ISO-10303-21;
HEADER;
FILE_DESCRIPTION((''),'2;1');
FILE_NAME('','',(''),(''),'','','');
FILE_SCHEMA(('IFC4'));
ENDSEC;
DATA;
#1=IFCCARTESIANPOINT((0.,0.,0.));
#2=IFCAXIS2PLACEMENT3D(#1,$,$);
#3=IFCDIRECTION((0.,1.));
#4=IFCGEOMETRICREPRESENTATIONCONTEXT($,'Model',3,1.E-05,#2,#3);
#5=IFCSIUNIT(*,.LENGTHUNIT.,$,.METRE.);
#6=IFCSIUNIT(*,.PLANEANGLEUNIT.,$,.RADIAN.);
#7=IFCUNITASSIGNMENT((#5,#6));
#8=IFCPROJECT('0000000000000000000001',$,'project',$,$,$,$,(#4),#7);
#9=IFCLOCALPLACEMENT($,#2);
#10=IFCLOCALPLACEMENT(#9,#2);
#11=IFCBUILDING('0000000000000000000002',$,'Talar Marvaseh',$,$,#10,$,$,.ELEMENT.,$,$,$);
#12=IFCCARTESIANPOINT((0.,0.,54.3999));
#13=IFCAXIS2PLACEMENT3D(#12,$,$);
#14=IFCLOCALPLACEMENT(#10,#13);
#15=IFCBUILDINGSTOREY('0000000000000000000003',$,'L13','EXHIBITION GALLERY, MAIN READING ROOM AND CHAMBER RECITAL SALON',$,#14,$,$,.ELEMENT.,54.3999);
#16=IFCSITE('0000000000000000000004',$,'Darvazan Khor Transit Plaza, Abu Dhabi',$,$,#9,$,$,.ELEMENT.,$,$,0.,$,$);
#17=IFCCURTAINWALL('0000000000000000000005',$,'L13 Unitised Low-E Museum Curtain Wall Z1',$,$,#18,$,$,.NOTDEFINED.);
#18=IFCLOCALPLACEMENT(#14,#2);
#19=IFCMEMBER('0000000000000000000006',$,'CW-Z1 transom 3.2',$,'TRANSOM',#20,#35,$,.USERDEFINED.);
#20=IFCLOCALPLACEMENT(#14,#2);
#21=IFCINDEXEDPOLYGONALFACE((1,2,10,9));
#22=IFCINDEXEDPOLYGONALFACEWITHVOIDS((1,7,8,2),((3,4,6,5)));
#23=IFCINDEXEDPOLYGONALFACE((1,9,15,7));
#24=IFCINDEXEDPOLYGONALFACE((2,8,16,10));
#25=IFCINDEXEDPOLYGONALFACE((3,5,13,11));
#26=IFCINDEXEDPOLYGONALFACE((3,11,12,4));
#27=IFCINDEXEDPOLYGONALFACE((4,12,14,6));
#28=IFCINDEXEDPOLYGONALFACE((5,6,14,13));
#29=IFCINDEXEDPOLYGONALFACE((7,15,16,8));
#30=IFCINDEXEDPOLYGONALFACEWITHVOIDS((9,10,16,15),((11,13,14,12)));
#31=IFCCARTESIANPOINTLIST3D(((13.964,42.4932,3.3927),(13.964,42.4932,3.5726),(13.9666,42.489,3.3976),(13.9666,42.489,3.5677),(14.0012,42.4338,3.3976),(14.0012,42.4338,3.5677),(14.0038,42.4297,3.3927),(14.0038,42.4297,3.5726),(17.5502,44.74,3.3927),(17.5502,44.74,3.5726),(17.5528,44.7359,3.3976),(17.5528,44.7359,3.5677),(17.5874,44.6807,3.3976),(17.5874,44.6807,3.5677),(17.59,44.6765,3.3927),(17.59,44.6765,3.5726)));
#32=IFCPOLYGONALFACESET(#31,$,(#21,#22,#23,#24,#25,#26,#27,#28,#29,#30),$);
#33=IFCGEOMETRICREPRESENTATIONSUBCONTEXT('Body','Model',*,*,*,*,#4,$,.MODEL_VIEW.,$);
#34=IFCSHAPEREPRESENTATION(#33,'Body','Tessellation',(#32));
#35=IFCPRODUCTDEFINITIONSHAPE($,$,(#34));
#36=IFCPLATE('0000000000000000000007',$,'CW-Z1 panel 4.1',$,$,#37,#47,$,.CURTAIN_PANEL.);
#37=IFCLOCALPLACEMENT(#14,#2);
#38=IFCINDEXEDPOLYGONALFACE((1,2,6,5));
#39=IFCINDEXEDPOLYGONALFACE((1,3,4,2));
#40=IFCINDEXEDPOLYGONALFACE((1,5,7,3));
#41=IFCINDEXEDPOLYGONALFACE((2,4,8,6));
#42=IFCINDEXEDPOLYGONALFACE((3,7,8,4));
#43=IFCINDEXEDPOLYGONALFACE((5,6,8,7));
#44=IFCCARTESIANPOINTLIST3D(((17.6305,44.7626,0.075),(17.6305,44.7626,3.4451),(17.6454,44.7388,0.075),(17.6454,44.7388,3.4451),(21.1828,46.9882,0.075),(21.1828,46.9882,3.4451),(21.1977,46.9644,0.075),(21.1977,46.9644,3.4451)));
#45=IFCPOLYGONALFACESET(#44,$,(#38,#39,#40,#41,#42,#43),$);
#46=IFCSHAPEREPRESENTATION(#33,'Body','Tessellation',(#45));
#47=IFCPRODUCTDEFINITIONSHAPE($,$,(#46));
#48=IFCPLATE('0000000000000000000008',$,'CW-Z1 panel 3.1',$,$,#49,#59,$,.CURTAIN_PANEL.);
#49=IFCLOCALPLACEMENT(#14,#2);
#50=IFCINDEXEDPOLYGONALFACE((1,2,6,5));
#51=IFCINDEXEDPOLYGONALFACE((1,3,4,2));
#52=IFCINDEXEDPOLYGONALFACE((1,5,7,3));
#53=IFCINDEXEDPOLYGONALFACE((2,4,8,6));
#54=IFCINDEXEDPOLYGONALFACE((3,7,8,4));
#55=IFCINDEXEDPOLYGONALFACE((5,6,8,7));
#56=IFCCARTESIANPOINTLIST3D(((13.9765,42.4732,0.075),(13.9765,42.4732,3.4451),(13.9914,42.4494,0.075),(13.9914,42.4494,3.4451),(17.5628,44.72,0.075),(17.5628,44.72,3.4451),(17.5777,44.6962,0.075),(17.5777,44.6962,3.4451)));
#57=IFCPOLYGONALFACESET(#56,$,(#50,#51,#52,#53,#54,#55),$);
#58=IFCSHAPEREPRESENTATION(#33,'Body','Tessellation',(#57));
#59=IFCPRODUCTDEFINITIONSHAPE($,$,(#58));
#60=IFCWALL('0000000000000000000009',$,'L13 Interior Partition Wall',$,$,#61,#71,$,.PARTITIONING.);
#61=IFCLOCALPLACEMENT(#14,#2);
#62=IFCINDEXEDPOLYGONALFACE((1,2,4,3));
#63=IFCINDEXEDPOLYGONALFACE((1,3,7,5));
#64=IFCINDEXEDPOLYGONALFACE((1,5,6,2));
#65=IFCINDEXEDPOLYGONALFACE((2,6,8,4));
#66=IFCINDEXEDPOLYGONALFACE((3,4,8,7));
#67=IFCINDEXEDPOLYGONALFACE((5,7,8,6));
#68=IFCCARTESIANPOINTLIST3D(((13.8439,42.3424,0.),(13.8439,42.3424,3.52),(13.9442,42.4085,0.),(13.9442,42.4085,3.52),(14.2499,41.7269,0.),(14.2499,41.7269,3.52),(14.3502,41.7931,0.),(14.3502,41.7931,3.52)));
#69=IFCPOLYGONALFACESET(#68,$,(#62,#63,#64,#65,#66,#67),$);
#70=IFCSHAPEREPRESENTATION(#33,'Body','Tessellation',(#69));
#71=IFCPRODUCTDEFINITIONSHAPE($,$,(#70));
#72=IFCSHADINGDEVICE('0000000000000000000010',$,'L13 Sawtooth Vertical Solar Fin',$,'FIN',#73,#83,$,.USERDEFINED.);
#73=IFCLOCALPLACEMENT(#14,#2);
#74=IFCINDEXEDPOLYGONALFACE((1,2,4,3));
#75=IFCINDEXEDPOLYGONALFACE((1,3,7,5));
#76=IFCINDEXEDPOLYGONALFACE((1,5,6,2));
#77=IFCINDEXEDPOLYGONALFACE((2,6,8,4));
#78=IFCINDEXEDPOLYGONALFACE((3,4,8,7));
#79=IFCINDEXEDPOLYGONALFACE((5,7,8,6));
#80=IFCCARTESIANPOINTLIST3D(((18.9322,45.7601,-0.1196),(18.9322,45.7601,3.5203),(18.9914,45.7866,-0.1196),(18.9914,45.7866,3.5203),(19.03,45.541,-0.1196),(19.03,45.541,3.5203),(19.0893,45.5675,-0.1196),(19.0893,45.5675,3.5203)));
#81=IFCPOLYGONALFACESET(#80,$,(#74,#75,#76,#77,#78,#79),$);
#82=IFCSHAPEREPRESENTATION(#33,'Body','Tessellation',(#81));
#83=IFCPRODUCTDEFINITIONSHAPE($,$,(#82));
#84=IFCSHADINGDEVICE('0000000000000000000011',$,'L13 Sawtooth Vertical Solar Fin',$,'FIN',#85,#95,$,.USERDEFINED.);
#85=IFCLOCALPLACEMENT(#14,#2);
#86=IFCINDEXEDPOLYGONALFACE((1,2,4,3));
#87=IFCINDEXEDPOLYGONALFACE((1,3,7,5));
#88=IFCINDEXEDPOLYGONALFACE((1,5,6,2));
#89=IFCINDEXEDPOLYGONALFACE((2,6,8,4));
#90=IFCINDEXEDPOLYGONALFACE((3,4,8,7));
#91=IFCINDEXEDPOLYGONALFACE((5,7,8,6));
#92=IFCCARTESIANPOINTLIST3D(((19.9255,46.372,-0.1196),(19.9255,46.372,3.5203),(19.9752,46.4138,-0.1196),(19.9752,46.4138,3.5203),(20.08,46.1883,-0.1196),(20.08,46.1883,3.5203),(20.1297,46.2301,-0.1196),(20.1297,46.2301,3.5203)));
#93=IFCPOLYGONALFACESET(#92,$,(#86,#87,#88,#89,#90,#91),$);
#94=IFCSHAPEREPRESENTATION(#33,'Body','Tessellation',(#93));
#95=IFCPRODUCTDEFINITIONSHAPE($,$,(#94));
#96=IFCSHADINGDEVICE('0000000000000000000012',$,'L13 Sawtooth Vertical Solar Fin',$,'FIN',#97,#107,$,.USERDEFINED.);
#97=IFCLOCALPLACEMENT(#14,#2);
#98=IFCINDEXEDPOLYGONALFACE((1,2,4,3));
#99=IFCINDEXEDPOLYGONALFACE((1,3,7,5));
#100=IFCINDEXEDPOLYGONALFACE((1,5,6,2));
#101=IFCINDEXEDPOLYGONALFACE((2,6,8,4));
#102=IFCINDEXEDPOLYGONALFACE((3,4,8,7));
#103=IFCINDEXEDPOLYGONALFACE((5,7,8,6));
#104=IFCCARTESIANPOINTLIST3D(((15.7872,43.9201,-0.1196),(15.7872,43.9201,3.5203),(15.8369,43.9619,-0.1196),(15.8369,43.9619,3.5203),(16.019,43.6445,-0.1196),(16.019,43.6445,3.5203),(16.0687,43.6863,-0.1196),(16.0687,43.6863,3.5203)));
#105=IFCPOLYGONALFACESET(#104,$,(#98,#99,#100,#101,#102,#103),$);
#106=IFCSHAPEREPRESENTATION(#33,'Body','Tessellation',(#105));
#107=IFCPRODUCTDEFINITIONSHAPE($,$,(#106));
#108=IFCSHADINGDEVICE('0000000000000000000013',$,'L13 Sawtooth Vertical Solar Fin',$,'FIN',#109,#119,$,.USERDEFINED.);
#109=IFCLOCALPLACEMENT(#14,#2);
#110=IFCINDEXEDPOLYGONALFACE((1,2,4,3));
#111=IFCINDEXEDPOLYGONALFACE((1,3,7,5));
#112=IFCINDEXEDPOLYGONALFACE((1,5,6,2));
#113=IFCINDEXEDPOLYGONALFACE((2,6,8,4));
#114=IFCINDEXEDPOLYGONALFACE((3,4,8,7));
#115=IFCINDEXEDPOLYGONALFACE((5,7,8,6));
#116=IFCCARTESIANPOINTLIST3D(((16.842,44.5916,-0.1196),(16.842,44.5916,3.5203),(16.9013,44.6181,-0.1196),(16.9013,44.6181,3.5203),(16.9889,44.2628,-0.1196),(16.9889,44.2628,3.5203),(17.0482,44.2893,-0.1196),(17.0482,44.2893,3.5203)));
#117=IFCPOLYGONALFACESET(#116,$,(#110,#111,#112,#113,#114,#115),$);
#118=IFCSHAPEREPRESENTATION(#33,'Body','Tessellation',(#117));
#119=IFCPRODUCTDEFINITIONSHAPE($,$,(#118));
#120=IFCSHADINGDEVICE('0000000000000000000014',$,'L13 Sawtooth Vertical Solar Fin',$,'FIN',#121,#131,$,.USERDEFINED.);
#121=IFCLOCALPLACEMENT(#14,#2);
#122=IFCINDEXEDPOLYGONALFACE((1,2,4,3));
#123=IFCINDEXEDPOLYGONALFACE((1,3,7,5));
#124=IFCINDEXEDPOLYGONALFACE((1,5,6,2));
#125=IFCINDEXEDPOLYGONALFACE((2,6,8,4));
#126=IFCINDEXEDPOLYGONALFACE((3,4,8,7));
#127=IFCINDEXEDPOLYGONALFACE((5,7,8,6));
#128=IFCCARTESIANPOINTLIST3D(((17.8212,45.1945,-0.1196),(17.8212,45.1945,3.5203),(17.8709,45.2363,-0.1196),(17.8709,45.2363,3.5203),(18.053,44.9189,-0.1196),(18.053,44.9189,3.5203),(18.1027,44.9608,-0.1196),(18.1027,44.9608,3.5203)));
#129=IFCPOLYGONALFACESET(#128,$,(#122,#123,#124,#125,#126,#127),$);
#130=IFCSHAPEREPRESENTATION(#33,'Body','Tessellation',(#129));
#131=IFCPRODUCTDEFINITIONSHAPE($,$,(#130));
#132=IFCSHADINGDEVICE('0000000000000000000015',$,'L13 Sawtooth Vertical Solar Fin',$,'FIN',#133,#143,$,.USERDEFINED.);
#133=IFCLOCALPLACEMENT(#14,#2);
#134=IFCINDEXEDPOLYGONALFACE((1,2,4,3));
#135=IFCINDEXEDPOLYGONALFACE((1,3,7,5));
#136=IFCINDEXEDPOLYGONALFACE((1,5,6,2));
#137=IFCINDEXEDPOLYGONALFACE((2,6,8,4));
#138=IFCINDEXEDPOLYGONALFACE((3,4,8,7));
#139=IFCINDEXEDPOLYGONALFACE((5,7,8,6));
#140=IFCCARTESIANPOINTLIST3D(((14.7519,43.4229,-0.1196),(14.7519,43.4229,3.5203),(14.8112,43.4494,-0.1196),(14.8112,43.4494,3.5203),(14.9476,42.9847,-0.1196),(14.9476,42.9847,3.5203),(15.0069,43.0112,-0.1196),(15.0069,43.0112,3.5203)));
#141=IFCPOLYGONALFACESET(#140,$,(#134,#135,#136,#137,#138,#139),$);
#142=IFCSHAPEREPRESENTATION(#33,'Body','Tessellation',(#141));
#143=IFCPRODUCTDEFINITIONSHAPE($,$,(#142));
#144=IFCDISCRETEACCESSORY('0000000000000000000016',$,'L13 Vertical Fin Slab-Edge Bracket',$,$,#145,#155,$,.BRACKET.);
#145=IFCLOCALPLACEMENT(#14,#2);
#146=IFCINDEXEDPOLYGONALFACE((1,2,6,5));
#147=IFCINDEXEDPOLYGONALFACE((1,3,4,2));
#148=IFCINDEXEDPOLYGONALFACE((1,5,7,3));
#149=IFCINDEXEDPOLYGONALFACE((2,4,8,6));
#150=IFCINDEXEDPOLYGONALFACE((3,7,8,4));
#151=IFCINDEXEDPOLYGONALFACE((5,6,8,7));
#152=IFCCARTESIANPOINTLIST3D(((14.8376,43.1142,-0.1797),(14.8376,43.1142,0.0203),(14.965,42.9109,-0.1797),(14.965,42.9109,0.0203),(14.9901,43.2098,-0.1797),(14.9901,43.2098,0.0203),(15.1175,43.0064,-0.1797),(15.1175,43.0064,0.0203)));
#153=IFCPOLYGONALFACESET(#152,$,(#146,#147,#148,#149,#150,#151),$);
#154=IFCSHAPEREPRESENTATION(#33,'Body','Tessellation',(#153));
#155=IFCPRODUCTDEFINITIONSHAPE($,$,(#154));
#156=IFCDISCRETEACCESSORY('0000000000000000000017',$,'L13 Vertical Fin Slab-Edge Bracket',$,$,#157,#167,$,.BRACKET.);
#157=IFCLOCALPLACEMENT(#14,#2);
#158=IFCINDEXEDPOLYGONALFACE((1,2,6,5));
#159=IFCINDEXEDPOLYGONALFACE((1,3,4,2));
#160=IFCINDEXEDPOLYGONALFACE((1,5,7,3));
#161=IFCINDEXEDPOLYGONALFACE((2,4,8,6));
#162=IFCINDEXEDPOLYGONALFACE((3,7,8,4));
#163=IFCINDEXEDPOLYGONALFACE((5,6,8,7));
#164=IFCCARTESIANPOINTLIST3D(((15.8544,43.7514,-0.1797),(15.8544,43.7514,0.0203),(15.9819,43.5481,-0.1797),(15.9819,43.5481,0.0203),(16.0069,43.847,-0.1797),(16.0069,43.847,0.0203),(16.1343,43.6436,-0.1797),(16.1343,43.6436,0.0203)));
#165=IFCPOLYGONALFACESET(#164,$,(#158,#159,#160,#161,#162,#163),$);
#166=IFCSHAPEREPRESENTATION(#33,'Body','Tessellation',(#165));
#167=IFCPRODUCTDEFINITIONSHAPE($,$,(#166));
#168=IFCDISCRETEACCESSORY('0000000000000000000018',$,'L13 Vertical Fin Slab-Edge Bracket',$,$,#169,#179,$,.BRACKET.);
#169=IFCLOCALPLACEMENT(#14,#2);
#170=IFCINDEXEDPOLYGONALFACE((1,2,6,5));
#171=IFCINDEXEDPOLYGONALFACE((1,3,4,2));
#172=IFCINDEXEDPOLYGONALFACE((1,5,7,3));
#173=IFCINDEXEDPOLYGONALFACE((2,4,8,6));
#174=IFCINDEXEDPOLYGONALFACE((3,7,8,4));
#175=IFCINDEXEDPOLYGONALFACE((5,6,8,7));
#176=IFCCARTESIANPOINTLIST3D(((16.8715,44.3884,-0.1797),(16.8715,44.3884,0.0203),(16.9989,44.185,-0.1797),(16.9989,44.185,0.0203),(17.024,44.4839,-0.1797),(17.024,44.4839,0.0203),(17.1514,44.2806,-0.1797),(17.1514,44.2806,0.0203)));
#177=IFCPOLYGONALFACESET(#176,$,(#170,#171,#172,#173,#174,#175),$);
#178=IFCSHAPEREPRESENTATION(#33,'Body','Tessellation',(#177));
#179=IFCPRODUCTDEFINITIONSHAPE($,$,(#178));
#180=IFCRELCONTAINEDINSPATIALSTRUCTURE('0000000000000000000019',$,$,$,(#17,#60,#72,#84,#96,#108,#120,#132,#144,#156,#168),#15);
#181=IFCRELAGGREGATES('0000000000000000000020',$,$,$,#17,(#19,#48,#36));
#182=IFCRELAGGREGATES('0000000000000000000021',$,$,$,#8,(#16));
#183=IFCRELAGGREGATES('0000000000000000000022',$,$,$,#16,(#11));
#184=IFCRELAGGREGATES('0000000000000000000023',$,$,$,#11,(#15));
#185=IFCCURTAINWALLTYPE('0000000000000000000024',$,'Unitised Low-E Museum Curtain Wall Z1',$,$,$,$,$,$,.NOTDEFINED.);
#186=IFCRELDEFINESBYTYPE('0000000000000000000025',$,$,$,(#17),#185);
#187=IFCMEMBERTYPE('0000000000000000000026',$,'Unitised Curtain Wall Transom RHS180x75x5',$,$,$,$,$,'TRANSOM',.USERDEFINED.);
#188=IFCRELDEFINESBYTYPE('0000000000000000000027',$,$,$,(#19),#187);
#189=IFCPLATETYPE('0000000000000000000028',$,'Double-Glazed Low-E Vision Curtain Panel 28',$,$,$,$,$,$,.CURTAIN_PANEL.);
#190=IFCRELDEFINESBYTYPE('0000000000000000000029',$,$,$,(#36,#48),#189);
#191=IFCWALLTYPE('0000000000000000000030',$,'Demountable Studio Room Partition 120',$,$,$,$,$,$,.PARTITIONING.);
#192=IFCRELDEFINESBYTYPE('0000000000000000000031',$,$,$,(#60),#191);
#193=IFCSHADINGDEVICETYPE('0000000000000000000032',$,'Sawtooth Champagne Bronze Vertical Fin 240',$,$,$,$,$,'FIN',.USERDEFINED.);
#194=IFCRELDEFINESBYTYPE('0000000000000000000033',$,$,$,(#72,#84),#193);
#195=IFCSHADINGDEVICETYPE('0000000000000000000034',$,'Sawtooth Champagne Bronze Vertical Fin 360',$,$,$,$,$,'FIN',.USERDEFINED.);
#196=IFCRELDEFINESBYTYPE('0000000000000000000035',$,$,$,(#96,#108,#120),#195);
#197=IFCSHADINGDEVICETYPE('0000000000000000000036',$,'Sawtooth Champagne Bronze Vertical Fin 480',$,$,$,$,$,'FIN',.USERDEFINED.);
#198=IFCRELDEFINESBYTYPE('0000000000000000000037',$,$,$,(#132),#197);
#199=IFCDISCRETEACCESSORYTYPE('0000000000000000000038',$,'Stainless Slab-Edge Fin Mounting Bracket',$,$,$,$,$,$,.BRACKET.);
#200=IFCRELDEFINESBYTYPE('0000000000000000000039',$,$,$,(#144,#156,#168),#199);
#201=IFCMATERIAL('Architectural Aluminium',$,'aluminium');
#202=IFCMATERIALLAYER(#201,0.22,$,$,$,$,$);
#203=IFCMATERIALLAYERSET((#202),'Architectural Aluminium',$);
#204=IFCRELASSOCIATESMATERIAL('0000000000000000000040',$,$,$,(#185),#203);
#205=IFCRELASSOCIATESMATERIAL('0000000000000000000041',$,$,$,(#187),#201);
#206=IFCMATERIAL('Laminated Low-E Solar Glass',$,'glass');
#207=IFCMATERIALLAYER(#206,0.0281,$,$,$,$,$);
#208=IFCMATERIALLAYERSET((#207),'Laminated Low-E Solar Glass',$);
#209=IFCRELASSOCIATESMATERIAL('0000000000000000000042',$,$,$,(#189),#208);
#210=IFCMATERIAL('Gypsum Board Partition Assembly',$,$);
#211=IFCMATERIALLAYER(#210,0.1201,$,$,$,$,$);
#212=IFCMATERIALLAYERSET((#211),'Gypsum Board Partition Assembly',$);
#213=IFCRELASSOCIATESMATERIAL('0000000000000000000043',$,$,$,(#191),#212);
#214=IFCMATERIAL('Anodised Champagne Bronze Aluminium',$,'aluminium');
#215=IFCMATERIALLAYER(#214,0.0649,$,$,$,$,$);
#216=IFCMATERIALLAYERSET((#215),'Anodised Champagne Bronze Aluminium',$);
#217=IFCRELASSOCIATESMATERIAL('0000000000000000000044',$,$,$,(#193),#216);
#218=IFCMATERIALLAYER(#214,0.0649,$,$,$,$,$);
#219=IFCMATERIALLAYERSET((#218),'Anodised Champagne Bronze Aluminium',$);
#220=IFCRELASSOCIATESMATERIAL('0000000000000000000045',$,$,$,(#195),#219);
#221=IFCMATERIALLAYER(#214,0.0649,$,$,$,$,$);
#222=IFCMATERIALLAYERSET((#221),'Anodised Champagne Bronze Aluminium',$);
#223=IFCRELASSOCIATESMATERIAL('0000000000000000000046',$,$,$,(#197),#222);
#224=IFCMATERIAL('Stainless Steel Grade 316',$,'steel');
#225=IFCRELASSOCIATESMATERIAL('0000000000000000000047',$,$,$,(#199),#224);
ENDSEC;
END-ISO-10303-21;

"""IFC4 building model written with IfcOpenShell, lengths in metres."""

from ifc_helpers import new_model, si_unit, direction, frame, frame_2d, origin, origin_2d, place, context, subcontext, project, spatial, rectangle, hollow_rectangle, extrude, source, transform, mapped, material, layer, layer_set, material_profile, profile_set, type_object, type_shapes, element, aggregate, save


model = new_model("IFC4")

# Units and contexts
model_context = context("Model", 3, precision=1e-05, world=origin(), true_north=direction((0.0, 1.0)))
body_context = subcontext(model_context, "Body", "Model", "MODEL_VIEW")
ifc_project = project(units=[si_unit("LENGTHUNIT", "METRE"), si_unit("PLANEANGLEUNIT", "RADIAN")], contexts=[model_context])

# Site, building, storey
site_placement = place(None, origin())
site = spatial("IfcSite", under=ifc_project, at=site_placement, Name="Darvazan Khor Transit Plaza, Abu Dhabi", CompositionType="ELEMENT", RefElevation=0.0)
building_placement = place(site_placement, origin())
building = spatial("IfcBuilding", under=site, at=building_placement, Name="Talar Marvaseh", CompositionType="ELEMENT")
storey_placement = place(building_placement, frame((0.0, 0.0, 54.3999)))
storey = spatial("IfcBuildingStorey", under=building, at=storey_placement, Name="L13", Description="EXHIBITION GALLERY, MAIN READING ROOM AND CHAMBER RECITAL SALON", CompositionType="ELEMENT", Elevation=54.3999)

# Curtain wall, member, plates
ifc_material_1 = material(Name="Architectural Aluminium", Category="aluminium")
ifc_layer_1 = layer(ifc_material_1, 0.22)
ifc_layer_set_1 = layer_set([ifc_layer_1], Name="Architectural Aluminium")
curtain_wall_type = type_object("IfcCurtainWallType", Name="Unitised Low-E Museum Curtain Wall Z1", PredefinedType="NOTDEFINED", material=ifc_layer_set_1)
curtain_wall_placement = place(storey_placement, origin())
curtain_wall = element("IfcCurtainWall", 1, at=curtain_wall_placement, inside=storey, type_object=curtain_wall_type, Name="L13 Unitised Low-E Museum Curtain Wall Z1", PredefinedType="NOTDEFINED")
ifc_material_profile_1 = material_profile(ifc_material_1, hollow_rectangle(XDim=0.075, YDim=0.1799, WallThickness=0.0049, at=origin_2d()), Name="RHS180x75x5")
ifc_profile_set_1 = profile_set([ifc_material_profile_1], Name="Architectural Aluminium")
member_type_1 = type_object("IfcMemberType", Name="Unitised Curtain Wall Transom RHS180x75x5", ElementType="TRANSOM", PredefinedType="USERDEFINED", material=ifc_profile_set_1)
shared_shape_1 = source(origin(), body_context, "Body", "SweptSolid", [
    extrude(hollow_rectangle(XDim=0.075, YDim=0.1799, WallThickness=0.0049, at=origin_2d()), origin(), (0.0, 0.0, 1.0), 4.2319),
])
member_1_placement = place(storey_placement, frame((13.9839, 42.4614, 3.4827), z_axis=(0.847418, 0.530927, 0.0), x_axis=(-0.530927, 0.847418, 0.0)))
member_1 = element("IfcMember", 2, at=member_1_placement, type_object=member_type_1, Name="CW-Z1 transom 3.2", ObjectType="TRANSOM", PredefinedType="USERDEFINED", context=body_context, shape_type="MappedRepresentation", body=[
    mapped(shared_shape_1, transform((0.0, 0.0, 0.0), x_axis=(1.0, 0.0, 0.0), y_axis=(0.0, 1.0, 0.0), z_axis=(0.0, 0.0, 1.0), scale=1.0)),
])
ifc_material_2 = material(Name="Laminated Low-E Solar Glass", Category="glass")
ifc_layer_2 = layer(ifc_material_2, 0.0281)
ifc_layer_set_2 = layer_set([ifc_layer_2], Name="Laminated Low-E Solar Glass")
plate_type = type_object("IfcPlateType", Name="Double-Glazed Low-E Vision Curtain Panel 28", PredefinedType="CURTAIN_PANEL", material=ifc_layer_set_2)
shared_shape_2 = source(origin(), body_context, "Body", "SweptSolid", [
    extrude(rectangle(XDim=4.1919, YDim=0.0281, at=origin_2d()), origin(), (0.0, 0.0, 1.0), 3.3701),
])
plate_1_placement = place(storey_placement, frame((19.4141, 45.8635, 0.075), z_axis=(0.0, 0.0, 1.0), x_axis=(0.847418, 0.530927, 0.0)))
plate_1 = element("IfcPlate", 3, at=plate_1_placement, type_object=plate_type, Name="CW-Z1 panel 4.1", PredefinedType="CURTAIN_PANEL", context=body_context, shape_type="MappedRepresentation", body=[
    mapped(shared_shape_2, transform((0.0, 0.0, 0.0), x_axis=(1.0, 0.0, 0.0), y_axis=(0.0, 1.0, 0.0), z_axis=(0.0, 0.0, 1.0), scale=1.0)),
])
shared_shape_3 = source(origin(), body_context, "Body", "SweptSolid", [
    extrude(rectangle(XDim=4.2319, YDim=0.0281, at=origin_2d()), origin(), (0.0, 0.0, 1.0), 3.3701),
])
type_shapes(plate_type, [shared_shape_2, shared_shape_3])
plate_2_placement = place(storey_placement, frame((15.7771, 43.5847, 0.075), z_axis=(0.0, 0.0, 1.0), x_axis=(0.847418, 0.530927, 0.0)))
plate_2 = element("IfcPlate", 4, at=plate_2_placement, type_object=plate_type, Name="CW-Z1 panel 3.1", PredefinedType="CURTAIN_PANEL", context=body_context, shape_type="MappedRepresentation", body=[
    mapped(shared_shape_3, transform((0.0, 0.0, 0.0), x_axis=(1.0, 0.0, 0.0), y_axis=(0.0, 1.0, 0.0), z_axis=(0.0, 0.0, 1.0), scale=1.0)),
])
aggregate(curtain_wall, [member_1, plate_2, plate_1])

# Wall
ifc_material_3 = material(Name="Gypsum Board Partition Assembly")
ifc_layer_3 = layer(ifc_material_3, 0.1201)
ifc_layer_set_3 = layer_set([ifc_layer_3], Name="Gypsum Board Partition Assembly")
wall_type = type_object("IfcWallType", Name="Demountable Studio Room Partition 120", PredefinedType="PARTITIONING", material=ifc_layer_set_3)
wall_placement = place(storey_placement, frame((14.3, 41.76, 0.0), z_axis=(0.0, 0.0, 1.0), x_axis=(-0.550644, 0.83474, 0.0)))
element("IfcWall", 5, at=wall_placement, inside=storey, type_object=wall_type, Name="L13 Interior Partition Wall", PredefinedType="PARTITIONING", context=body_context, shape_type="SweptSolid", body=[
    extrude(rectangle(XDim=0.7373, YDim=0.1201, at=frame_2d((0.3687, 0.0))), origin(), (0.0, 0.0, 1.0), 3.52),
])

# Shading devices
ifc_material_4 = material(Name="Anodised Champagne Bronze Aluminium", Category="aluminium")
ifc_layer_4 = layer(ifc_material_4, 0.0649)
ifc_layer_set_4 = layer_set([ifc_layer_4], Name="Anodised Champagne Bronze Aluminium")
shading_device_type_1 = type_object("IfcShadingDeviceType", Name="Sawtooth Champagne Bronze Vertical Fin 240", ElementType="FIN", PredefinedType="USERDEFINED", material=ifc_layer_set_4)
shared_shape_4 = source(origin(), body_context, "Body", "SweptSolid", [
    extrude(rectangle(XDim=0.24, YDim=0.0649, at=origin_2d()), origin(), (0.0, 0.0, 1.0), 3.6399),
])
type_shapes(shading_device_type_1, [shared_shape_4])
for number, where, z_axis, x_axis, name in (
    (6, (19.0107, 45.6638, -0.1196), (0.0, 0.0, 1.0), (-0.407852, 0.913048, 0.0), "L13 Sawtooth Vertical Solar Fin"),
    (7, (20.0276, 46.301, -0.1196), (0.0, 0.0, 1.0), (-0.643723, 0.765259, 0.0), "L13 Sawtooth Vertical Solar Fin"),
):
    element("IfcShadingDevice", number, at=place(storey_placement, frame(where, z_axis=z_axis, x_axis=x_axis)), inside=storey, type_object=shading_device_type_1, Name=name, ObjectType="FIN", PredefinedType="USERDEFINED", context=body_context, shape_type="MappedRepresentation", body=[
        mapped(shared_shape_4, transform((0.0, 0.0, 0.0), x_axis=(1.0, 0.0, 0.0), y_axis=(0.0, 1.0, 0.0), z_axis=(0.0, 0.0, 1.0), scale=1.0)),
    ])
ifc_layer_5 = layer(ifc_material_4, 0.0649)
ifc_layer_set_5 = layer_set([ifc_layer_5], Name="Anodised Champagne Bronze Aluminium")
shading_device_type_2 = type_object("IfcShadingDeviceType", Name="Sawtooth Champagne Bronze Vertical Fin 360", ElementType="FIN", PredefinedType="USERDEFINED", material=ifc_layer_set_5)
shared_shape_5 = source(origin(), body_context, "Body", "SweptSolid", [
    extrude(rectangle(XDim=0.3601, YDim=0.0649, at=origin_2d()), origin(), (0.0, 0.0, 1.0), 3.6399),
])
type_shapes(shading_device_type_2, [shared_shape_5])
for number, where, z_axis, x_axis, name in (
    (8, (15.928, 43.8032, -0.1196), (0.0, 0.0, 1.0), (-0.643723, 0.765259, 0.0), "L13 Sawtooth Vertical Solar Fin"),
    (9, (16.9451, 44.4404, -0.1196), (0.0, 0.0, 1.0), (-0.407852, 0.913048, 0.0), "L13 Sawtooth Vertical Solar Fin"),
    (10, (17.9619, 45.0776, -0.1196), (0.0, 0.0, 1.0), (-0.643723, 0.765259, 0.0), "L13 Sawtooth Vertical Solar Fin"),
):
    element("IfcShadingDevice", number, at=place(storey_placement, frame(where, z_axis=z_axis, x_axis=x_axis)), inside=storey, type_object=shading_device_type_2, Name=name, ObjectType="FIN", PredefinedType="USERDEFINED", context=body_context, shape_type="MappedRepresentation", body=[
        mapped(shared_shape_5, transform((0.0, 0.0, 0.0), x_axis=(1.0, 0.0, 0.0), y_axis=(0.0, 1.0, 0.0), z_axis=(0.0, 0.0, 1.0), scale=1.0)),
    ])
ifc_layer_6 = layer(ifc_material_4, 0.0649)
ifc_layer_set_6 = layer_set([ifc_layer_6], Name="Anodised Champagne Bronze Aluminium")
shading_device_type_3 = type_object("IfcShadingDeviceType", Name="Sawtooth Champagne Bronze Vertical Fin 480", ElementType="FIN", PredefinedType="USERDEFINED", material=ifc_layer_set_6)
shared_shape_6 = source(origin(), body_context, "Body", "SweptSolid", [
    extrude(rectangle(XDim=0.48, YDim=0.0649, at=origin_2d()), origin(), (0.0, 0.0, 1.0), 3.6399),
])
type_shapes(shading_device_type_3, [shared_shape_6])
shading_device_placement = place(storey_placement, frame((14.8794, 43.217, -0.1196), z_axis=(0.0, 0.0, 1.0), x_axis=(-0.407852, 0.913048, 0.0)))
element("IfcShadingDevice", 11, at=shading_device_placement, inside=storey, type_object=shading_device_type_3, Name="L13 Sawtooth Vertical Solar Fin", ObjectType="FIN", PredefinedType="USERDEFINED", context=body_context, shape_type="MappedRepresentation", body=[
    mapped(shared_shape_6, transform((0.0, 0.0, 0.0), x_axis=(1.0, 0.0, 0.0), y_axis=(0.0, 1.0, 0.0), z_axis=(0.0, 0.0, 1.0), scale=1.0)),
])

# Discrete accessories
ifc_material_5 = material(Name="Stainless Steel Grade 316", Category="steel")
discrete_accessory_type = type_object("IfcDiscreteAccessoryType", Name="Stainless Slab-Edge Fin Mounting Bracket", PredefinedType="BRACKET", material=ifc_material_5)
shared_shape_7 = source(origin(), body_context, "Body", "SweptSolid", [
    extrude(rectangle(XDim=0.24, YDim=0.1799, at=origin_2d()), origin(), (0.0, 0.0, 1.0), 0.2),
])
type_shapes(discrete_accessory_type, [shared_shape_7])
for number, where, z_axis, x_axis, name in (
    (12, (14.9775, 43.0603, -0.1797), (0.0, 0.0, 1.0), (-0.530955, 0.8474, 0.0), "L13 Vertical Fin Slab-Edge Bracket"),
    (13, (15.9944, 43.6975, -0.1797), (0.0, 0.0, 1.0), (-0.530955, 0.8474, 0.0), "L13 Vertical Fin Slab-Edge Bracket"),
    (14, (17.0115, 44.3345, -0.1797), (0.0, 0.0, 1.0), (-0.530955, 0.8474, 0.0), "L13 Vertical Fin Slab-Edge Bracket"),
):
    element("IfcDiscreteAccessory", number, at=place(storey_placement, frame(where, z_axis=z_axis, x_axis=x_axis)), inside=storey, type_object=discrete_accessory_type, Name=name, PredefinedType="BRACKET", context=body_context, shape_type="MappedRepresentation", body=[
        mapped(shared_shape_7, transform((0.0, 0.0, 0.0), x_axis=(1.0, 0.0, 0.0), y_axis=(0.0, 1.0, 0.0), z_axis=(0.0, 0.0, 1.0), scale=1.0)),
    ])

save(model, "model.ifc")
